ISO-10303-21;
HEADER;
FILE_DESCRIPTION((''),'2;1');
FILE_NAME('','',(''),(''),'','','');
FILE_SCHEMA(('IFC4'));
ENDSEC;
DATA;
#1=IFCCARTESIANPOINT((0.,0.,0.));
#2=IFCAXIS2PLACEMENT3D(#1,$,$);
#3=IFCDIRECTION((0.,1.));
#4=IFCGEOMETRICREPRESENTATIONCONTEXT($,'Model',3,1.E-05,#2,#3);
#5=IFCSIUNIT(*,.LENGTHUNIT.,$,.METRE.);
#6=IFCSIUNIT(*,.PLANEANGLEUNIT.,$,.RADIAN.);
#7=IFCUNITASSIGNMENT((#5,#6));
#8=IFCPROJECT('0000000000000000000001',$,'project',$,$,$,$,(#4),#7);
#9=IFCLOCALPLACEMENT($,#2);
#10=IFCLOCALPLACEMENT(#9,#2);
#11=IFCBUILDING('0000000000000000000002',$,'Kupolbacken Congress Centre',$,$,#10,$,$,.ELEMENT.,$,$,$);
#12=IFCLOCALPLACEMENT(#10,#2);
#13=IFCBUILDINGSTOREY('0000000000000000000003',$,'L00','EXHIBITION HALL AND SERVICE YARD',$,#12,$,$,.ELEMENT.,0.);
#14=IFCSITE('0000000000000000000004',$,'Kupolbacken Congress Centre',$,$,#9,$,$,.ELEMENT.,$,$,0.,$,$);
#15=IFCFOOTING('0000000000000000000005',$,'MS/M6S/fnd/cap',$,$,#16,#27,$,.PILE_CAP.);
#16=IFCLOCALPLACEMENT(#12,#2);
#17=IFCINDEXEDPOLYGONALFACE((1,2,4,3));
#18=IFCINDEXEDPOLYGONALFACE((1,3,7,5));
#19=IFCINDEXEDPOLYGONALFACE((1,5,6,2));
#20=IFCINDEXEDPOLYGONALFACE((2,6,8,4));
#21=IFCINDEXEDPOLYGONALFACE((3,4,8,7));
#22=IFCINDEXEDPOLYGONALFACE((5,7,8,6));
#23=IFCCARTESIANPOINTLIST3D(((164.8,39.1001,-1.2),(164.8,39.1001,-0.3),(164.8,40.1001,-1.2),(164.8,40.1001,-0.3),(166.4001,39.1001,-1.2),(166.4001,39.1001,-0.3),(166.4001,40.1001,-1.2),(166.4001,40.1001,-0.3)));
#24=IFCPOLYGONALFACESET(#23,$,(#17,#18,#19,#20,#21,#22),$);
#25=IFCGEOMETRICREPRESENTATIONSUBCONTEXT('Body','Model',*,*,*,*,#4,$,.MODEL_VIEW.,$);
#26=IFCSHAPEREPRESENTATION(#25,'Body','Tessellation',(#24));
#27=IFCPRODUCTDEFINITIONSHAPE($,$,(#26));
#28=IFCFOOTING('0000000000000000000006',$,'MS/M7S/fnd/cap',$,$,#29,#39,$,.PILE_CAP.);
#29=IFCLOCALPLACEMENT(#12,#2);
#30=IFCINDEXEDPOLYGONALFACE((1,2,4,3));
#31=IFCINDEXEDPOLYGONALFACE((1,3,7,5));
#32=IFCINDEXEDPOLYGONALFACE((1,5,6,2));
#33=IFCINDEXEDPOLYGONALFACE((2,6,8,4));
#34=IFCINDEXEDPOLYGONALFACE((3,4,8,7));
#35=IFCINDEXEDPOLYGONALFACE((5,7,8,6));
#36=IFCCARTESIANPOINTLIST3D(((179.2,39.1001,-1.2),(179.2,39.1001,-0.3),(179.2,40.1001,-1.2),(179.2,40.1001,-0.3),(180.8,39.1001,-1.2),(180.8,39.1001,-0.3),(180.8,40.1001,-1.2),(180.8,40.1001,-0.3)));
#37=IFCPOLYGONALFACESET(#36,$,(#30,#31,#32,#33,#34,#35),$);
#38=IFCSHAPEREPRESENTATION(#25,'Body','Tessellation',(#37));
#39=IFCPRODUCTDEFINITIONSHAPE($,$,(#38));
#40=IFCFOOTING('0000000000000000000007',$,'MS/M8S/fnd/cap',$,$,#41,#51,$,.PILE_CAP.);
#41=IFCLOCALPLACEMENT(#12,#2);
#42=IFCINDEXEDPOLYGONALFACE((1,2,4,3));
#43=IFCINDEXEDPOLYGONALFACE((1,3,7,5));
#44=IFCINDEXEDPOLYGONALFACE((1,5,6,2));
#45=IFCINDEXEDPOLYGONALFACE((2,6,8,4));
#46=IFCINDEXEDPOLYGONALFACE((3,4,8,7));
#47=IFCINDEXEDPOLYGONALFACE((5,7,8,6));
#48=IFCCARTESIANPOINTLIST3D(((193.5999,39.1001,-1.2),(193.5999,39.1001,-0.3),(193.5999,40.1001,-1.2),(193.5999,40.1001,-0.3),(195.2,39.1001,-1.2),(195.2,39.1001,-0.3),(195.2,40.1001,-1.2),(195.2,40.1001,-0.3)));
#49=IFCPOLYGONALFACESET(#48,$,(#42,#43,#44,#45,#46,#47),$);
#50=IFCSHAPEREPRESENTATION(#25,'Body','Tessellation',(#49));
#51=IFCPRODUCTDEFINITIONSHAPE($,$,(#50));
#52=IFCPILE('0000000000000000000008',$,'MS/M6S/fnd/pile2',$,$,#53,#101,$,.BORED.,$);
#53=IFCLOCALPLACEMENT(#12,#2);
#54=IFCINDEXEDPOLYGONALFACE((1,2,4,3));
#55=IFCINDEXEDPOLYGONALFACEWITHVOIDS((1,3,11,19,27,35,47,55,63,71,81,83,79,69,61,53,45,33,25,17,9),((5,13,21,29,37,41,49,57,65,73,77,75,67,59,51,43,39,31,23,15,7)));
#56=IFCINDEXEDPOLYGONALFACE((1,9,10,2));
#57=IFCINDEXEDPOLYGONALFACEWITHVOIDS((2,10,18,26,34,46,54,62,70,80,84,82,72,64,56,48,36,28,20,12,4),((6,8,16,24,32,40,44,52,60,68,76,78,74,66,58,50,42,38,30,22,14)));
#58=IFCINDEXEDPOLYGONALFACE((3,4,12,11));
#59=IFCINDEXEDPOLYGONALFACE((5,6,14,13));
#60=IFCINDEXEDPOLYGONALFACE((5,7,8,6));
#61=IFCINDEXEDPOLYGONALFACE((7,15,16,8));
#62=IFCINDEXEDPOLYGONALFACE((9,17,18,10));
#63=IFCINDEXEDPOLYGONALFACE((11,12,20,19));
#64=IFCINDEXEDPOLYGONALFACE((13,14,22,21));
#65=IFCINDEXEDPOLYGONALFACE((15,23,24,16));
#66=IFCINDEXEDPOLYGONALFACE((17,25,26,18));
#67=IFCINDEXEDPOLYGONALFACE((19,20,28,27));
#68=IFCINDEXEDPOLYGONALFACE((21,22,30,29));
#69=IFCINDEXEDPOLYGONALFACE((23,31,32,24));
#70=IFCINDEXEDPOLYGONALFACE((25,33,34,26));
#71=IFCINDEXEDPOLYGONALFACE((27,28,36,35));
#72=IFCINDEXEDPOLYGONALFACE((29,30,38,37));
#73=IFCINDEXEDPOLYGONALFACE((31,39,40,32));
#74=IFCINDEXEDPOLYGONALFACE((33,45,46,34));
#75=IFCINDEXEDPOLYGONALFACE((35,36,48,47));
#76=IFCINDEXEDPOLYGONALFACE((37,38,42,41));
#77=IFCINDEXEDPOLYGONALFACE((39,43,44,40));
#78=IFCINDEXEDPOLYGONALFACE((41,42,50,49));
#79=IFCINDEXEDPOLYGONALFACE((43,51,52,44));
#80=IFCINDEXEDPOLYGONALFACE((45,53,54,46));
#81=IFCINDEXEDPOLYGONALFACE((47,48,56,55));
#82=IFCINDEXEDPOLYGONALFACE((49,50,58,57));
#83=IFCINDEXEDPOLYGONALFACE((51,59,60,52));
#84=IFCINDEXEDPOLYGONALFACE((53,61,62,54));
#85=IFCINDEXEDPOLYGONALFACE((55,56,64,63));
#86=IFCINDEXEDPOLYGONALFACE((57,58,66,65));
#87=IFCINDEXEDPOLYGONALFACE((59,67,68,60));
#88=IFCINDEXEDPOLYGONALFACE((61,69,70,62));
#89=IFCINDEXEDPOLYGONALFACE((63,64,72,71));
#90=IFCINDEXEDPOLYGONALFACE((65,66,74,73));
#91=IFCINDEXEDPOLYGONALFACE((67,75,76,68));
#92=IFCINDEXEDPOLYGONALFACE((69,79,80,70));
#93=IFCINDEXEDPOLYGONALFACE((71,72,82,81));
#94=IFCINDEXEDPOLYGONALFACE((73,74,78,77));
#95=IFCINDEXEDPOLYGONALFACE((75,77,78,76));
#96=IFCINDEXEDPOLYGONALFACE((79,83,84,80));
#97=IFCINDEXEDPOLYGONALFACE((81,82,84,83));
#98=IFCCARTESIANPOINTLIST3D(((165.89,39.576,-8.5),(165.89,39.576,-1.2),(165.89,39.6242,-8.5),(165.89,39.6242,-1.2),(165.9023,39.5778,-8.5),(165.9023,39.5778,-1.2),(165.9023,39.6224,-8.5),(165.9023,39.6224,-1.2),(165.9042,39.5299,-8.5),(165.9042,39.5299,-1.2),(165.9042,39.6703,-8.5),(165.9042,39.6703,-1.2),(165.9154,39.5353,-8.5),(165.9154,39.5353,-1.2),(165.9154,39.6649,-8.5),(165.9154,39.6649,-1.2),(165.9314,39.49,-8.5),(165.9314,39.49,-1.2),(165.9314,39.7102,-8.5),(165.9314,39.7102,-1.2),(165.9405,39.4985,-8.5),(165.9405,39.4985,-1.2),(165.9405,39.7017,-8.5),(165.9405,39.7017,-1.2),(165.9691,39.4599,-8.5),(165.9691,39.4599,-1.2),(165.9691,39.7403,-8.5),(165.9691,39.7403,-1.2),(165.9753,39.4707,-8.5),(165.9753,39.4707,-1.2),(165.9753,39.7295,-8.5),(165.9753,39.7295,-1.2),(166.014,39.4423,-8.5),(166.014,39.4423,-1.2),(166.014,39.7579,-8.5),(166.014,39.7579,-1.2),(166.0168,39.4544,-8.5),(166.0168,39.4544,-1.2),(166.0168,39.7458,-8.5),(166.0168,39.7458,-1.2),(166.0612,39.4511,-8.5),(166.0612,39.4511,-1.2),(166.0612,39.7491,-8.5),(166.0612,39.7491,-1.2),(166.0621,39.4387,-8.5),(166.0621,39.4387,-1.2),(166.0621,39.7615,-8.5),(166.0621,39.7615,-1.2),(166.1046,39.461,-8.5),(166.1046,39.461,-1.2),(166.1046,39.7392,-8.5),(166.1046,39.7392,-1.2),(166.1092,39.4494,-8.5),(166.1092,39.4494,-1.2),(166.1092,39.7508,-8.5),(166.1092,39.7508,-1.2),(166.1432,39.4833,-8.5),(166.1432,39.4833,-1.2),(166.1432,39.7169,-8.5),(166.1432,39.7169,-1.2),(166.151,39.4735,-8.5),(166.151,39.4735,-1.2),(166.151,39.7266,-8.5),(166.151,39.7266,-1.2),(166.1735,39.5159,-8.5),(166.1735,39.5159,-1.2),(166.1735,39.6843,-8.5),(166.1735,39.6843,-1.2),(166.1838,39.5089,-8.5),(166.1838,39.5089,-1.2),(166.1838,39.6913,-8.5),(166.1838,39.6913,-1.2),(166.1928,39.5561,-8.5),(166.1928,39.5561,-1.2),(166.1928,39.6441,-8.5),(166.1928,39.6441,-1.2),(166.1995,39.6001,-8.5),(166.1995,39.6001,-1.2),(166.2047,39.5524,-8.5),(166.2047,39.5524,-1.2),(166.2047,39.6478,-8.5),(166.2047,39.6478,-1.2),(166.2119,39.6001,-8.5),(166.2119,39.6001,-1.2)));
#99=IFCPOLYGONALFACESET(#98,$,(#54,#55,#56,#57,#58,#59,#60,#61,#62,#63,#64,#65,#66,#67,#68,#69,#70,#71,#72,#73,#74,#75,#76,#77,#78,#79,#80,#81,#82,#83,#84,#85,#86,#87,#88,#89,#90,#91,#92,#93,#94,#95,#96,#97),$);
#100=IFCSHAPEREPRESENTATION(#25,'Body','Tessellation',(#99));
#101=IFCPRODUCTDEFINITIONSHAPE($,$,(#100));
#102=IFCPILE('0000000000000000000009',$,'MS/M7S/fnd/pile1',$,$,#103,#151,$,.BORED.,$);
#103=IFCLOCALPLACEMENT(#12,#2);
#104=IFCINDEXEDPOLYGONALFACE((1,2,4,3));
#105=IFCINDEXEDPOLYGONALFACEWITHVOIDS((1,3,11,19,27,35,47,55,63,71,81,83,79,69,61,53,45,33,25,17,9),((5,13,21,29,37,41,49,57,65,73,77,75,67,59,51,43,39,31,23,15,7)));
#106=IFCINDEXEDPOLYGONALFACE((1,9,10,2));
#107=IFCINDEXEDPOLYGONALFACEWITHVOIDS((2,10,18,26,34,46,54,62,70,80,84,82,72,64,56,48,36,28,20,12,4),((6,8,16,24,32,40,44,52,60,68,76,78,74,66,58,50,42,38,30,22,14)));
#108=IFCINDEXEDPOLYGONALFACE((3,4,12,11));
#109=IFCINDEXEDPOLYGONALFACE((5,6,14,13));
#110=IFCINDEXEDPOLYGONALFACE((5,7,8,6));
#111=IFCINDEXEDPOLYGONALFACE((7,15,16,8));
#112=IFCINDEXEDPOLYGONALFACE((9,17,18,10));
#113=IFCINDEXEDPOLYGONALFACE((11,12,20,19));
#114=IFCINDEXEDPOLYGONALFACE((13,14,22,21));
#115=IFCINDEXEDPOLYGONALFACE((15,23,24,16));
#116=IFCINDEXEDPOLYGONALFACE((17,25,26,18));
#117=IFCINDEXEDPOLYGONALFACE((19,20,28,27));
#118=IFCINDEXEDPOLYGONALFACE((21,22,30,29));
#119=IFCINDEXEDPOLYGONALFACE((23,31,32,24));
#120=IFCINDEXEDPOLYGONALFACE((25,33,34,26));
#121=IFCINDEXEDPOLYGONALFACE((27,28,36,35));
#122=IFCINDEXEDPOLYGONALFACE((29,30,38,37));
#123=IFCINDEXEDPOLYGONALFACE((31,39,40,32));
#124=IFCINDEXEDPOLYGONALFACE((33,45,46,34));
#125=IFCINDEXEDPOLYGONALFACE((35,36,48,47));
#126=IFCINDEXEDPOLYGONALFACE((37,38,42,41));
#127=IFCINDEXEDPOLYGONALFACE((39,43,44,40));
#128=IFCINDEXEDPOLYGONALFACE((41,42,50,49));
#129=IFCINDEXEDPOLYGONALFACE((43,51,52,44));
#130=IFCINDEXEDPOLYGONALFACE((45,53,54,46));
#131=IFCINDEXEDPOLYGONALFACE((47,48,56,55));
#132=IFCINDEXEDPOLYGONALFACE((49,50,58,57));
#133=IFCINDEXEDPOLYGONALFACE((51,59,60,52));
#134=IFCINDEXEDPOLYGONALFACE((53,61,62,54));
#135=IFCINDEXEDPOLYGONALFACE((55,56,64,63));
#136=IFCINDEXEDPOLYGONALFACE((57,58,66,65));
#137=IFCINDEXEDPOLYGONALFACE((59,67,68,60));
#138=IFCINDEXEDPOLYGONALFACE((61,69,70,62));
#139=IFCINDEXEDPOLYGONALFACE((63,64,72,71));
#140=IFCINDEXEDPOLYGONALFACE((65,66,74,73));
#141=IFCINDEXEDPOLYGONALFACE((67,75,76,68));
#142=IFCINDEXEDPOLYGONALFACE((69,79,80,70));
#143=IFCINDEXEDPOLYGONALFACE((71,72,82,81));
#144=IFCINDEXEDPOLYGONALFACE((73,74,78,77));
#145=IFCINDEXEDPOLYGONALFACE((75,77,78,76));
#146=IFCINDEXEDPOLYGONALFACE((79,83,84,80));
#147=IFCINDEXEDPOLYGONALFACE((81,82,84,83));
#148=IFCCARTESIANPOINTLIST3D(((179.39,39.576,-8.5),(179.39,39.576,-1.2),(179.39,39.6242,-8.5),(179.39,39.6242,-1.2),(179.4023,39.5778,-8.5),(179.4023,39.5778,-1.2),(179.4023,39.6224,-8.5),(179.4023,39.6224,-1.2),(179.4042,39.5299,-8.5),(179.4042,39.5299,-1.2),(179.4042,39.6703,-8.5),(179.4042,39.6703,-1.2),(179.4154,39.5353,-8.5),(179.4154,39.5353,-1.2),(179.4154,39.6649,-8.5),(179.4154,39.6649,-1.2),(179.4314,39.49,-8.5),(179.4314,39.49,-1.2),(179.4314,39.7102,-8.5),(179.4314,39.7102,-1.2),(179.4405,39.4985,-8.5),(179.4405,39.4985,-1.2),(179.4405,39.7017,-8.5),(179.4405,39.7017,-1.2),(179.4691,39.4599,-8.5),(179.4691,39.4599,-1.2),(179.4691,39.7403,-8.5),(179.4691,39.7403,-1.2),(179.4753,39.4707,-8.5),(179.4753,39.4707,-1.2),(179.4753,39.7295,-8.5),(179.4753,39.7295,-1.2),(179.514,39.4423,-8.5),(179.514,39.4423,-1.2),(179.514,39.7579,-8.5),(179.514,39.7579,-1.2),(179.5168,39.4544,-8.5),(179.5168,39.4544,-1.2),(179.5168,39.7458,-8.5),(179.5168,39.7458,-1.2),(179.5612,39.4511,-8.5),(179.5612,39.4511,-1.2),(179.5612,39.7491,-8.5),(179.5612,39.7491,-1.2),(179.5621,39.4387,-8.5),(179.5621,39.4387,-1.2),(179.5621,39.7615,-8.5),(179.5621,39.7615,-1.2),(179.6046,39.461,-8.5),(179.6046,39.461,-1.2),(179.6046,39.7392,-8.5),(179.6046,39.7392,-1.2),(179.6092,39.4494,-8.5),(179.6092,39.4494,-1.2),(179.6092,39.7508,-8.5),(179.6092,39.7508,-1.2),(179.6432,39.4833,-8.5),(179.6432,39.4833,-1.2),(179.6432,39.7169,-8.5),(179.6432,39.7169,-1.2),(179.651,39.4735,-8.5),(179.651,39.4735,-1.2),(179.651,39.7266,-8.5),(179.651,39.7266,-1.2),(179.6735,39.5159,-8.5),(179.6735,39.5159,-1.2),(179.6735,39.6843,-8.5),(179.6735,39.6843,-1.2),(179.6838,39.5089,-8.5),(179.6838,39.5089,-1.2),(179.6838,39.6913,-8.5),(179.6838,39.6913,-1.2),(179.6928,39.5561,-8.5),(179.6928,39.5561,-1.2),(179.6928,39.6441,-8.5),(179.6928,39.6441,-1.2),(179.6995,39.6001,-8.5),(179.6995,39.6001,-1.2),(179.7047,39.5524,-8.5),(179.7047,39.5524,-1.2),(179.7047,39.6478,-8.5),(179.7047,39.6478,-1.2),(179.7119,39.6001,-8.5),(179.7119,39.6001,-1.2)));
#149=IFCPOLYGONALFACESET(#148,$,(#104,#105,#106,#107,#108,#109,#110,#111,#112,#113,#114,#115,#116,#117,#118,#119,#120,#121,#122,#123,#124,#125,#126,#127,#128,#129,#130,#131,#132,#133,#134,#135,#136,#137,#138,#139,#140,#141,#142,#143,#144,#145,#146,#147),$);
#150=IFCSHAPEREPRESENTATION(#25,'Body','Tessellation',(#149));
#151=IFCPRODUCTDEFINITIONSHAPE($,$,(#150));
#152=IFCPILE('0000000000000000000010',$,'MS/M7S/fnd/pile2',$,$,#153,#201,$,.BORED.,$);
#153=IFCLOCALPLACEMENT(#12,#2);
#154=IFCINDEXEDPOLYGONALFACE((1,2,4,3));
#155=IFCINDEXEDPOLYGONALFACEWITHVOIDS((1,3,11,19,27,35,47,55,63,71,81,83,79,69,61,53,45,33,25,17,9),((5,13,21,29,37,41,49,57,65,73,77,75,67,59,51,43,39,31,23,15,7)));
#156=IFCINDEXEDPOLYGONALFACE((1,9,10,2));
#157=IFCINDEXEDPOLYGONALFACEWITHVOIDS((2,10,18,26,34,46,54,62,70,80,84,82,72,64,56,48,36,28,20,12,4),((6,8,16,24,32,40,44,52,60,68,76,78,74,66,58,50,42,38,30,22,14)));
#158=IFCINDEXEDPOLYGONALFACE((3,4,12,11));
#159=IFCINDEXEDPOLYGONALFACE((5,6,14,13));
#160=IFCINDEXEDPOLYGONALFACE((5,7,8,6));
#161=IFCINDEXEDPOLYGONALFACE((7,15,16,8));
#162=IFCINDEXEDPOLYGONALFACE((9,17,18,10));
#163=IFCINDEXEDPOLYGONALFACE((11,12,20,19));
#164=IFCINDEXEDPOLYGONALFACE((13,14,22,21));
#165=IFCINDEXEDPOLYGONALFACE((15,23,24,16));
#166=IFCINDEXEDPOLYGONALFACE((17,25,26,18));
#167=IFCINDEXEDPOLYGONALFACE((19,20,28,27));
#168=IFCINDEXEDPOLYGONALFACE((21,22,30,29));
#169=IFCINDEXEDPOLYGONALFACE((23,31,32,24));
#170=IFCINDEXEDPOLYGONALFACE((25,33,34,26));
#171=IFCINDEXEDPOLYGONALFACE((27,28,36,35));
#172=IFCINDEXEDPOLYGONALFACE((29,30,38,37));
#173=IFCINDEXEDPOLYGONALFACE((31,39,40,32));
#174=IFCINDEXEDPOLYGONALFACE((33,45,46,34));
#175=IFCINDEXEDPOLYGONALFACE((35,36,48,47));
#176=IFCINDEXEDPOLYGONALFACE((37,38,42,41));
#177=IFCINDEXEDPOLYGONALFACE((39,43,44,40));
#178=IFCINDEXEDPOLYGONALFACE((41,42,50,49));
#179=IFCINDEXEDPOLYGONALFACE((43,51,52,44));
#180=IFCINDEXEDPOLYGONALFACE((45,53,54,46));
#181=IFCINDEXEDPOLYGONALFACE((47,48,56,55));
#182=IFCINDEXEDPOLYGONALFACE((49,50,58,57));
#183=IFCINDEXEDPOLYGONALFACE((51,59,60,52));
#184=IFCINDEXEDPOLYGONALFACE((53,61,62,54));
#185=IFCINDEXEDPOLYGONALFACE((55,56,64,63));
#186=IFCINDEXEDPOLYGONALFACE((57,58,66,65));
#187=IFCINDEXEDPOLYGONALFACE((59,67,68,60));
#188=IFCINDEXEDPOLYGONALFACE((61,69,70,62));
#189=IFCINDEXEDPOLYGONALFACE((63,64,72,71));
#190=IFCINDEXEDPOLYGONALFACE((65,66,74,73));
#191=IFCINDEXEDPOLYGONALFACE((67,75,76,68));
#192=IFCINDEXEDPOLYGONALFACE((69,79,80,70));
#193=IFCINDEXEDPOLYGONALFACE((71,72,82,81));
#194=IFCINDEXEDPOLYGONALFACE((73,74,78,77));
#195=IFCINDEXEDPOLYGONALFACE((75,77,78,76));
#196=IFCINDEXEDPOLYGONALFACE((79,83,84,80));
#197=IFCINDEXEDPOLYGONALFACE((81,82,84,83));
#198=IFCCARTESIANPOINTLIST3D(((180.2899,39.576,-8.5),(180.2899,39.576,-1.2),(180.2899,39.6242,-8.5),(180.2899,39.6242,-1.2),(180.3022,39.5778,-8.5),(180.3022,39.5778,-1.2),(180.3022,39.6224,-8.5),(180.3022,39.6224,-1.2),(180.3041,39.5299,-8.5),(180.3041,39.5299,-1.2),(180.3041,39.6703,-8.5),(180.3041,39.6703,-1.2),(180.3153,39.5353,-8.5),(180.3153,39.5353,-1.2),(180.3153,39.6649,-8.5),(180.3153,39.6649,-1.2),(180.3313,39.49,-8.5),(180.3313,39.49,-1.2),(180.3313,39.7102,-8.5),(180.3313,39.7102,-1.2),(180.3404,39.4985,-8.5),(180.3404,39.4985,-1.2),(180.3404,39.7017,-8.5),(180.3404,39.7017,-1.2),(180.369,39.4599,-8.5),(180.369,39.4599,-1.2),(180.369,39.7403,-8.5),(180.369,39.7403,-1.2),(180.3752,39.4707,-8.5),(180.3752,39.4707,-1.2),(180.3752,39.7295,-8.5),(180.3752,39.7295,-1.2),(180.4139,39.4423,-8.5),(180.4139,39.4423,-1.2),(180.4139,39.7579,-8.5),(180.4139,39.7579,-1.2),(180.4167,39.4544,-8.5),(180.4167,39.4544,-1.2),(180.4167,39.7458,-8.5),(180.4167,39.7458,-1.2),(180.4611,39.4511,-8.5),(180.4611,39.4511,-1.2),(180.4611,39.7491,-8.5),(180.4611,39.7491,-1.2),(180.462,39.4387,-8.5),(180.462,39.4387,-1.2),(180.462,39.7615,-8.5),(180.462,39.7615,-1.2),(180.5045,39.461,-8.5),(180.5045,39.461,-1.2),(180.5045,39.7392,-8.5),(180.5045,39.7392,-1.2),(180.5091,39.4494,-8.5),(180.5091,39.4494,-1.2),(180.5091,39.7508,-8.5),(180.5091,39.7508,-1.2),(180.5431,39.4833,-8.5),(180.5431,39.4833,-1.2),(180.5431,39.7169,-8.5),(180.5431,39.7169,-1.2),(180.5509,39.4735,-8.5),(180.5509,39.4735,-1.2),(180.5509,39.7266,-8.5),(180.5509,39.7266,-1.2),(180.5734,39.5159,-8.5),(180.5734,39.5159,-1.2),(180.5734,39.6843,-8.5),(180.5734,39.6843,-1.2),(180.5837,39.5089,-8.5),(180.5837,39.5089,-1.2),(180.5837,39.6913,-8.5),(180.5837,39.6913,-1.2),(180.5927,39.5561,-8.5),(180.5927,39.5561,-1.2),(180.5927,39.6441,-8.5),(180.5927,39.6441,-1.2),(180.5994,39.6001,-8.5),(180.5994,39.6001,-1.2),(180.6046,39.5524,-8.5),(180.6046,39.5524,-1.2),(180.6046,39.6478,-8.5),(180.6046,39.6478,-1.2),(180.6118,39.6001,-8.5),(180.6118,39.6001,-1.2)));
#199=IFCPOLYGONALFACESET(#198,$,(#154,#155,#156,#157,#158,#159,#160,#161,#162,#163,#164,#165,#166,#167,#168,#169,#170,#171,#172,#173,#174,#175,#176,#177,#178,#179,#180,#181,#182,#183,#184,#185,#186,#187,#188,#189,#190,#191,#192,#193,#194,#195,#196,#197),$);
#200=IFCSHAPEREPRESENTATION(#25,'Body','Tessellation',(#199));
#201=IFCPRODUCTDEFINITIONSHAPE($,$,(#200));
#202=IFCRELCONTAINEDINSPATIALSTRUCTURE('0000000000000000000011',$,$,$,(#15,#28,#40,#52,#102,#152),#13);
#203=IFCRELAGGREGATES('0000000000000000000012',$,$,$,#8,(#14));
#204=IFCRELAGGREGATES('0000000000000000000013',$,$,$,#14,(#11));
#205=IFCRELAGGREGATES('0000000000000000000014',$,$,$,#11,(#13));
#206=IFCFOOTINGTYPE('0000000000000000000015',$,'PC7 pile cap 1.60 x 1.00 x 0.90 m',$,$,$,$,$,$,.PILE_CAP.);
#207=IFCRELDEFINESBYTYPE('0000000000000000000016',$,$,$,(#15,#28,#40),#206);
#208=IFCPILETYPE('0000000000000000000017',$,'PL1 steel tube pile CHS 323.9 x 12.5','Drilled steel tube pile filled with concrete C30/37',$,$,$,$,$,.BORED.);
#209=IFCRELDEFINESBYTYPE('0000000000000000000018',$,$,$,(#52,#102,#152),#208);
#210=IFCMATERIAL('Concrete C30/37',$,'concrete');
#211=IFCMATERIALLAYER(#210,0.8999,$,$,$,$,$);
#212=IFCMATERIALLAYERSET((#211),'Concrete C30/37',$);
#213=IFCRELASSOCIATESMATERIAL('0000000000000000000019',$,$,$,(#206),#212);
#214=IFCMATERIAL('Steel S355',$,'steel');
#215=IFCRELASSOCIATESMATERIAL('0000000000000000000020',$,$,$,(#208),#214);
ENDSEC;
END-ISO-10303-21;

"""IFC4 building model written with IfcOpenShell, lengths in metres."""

from ifc_helpers import new_model, si_unit, direction, frame, origin, origin_2d, place, context, subcontext, project, spatial, rectangle, hollow_circle, extrude, material, layer, layer_set, material_profile, profile_set, type_object, element, save


model = new_model("IFC4")

# Units and contexts
model_context = context("Model", 3, precision=1e-05, world=origin(), true_north=direction((0.0, 1.0)))
body_context = subcontext(model_context, "Body", "Model", "MODEL_VIEW")
ifc_project = project(units=[si_unit("LENGTHUNIT", "METRE"), si_unit("PLANEANGLEUNIT", "RADIAN")], contexts=[model_context])

# Site, building, storey
site_placement = place(None, origin())
site = spatial("IfcSite", under=ifc_project, at=site_placement, Name="Kupolbacken Congress Centre", CompositionType="ELEMENT", RefElevation=0.0)
building_placement = place(site_placement, origin())
building = spatial("IfcBuilding", under=site, at=building_placement, Name="Kupolbacken Congress Centre", CompositionType="ELEMENT")
storey_placement = place(building_placement, origin())
storey = spatial("IfcBuildingStorey", under=building, at=storey_placement, Name="L00", Description="EXHIBITION HALL AND SERVICE YARD", CompositionType="ELEMENT", Elevation=0.0)

# Footings
ifc_material_1 = material(Name="Concrete C30/37", Category="concrete")
ifc_layer_1 = layer(ifc_material_1, 0.8999)
ifc_layer_set_1 = layer_set([ifc_layer_1], Name="Concrete C30/37")
footing_type = type_object("IfcFootingType", Name="PC7 pile cap 1.60 x 1.00 x 0.90 m", PredefinedType="PILE_CAP", material=ifc_layer_set_1)
for number, where, z_axis, x_axis, name in (
    (1, (165.6001, 39.6001, -1.2), (0.0, 0.0, 1.0), (1.0, 0.0, 0.0), "MS/M6S/fnd/cap"),
    (2, (180.0, 39.6001, -1.2), (0.0, 0.0, 1.0), (1.0, 0.0, 0.0), "MS/M7S/fnd/cap"),
    (3, (194.3999, 39.6001, -1.2), (0.0, 0.0, 1.0), (1.0, 0.0, 0.0), "MS/M8S/fnd/cap"),
):
    element("IfcFooting", number, at=place(storey_placement, frame(where, z_axis=z_axis, x_axis=x_axis)), inside=storey, type_object=footing_type, Name=name, PredefinedType="PILE_CAP", context=body_context, shape_type="SweptSolid", body=[
        extrude(rectangle(XDim=1.6001, YDim=1.0, at=origin_2d()), origin(), (0.0, 0.0, 1.0), 0.8999),
    ])

# Piles
ifc_material_2 = material(Name="Steel S355", Category="steel")
ifc_material_profile_1 = material_profile(ifc_material_2, hollow_circle(Radius=0.1619, WallThickness=0.0125, at=origin_2d()), Name="CHS 323.9 x 12.5")
ifc_profile_set_1 = profile_set([ifc_material_profile_1], Name="Steel S355")
pile_type = type_object("IfcPileType", Name="PL1 steel tube pile CHS 323.9 x 12.5", Description="Drilled steel tube pile filled with concrete C30/37", PredefinedType="BORED", material=ifc_profile_set_1)
for number, where, z_axis, x_axis, name in (
    (4, (166.05, 39.6001, -1.2), (0.0, 0.0, -1.0), (1.0, 0.0, 0.0), "MS/M6S/fnd/pile2"),
    (5, (179.55, 39.6001, -1.2), (0.0, 0.0, -1.0), (1.0, 0.0, 0.0), "MS/M7S/fnd/pile1"),
    (6, (180.45, 39.6001, -1.2), (0.0, 0.0, -1.0), (1.0, 0.0, 0.0), "MS/M7S/fnd/pile2"),
):
    element("IfcPile", number, at=place(storey_placement, frame(where, z_axis=z_axis, x_axis=x_axis)), inside=storey, type_object=pile_type, Name=name, PredefinedType="BORED", context=body_context, shape_type="SweptSolid", body=[
        extrude(hollow_circle(Radius=0.1619, WallThickness=0.0125, at=origin_2d()), origin(), (0.0, 0.0, 1.0), 7.3),
    ])

save(model, "model.ifc")
